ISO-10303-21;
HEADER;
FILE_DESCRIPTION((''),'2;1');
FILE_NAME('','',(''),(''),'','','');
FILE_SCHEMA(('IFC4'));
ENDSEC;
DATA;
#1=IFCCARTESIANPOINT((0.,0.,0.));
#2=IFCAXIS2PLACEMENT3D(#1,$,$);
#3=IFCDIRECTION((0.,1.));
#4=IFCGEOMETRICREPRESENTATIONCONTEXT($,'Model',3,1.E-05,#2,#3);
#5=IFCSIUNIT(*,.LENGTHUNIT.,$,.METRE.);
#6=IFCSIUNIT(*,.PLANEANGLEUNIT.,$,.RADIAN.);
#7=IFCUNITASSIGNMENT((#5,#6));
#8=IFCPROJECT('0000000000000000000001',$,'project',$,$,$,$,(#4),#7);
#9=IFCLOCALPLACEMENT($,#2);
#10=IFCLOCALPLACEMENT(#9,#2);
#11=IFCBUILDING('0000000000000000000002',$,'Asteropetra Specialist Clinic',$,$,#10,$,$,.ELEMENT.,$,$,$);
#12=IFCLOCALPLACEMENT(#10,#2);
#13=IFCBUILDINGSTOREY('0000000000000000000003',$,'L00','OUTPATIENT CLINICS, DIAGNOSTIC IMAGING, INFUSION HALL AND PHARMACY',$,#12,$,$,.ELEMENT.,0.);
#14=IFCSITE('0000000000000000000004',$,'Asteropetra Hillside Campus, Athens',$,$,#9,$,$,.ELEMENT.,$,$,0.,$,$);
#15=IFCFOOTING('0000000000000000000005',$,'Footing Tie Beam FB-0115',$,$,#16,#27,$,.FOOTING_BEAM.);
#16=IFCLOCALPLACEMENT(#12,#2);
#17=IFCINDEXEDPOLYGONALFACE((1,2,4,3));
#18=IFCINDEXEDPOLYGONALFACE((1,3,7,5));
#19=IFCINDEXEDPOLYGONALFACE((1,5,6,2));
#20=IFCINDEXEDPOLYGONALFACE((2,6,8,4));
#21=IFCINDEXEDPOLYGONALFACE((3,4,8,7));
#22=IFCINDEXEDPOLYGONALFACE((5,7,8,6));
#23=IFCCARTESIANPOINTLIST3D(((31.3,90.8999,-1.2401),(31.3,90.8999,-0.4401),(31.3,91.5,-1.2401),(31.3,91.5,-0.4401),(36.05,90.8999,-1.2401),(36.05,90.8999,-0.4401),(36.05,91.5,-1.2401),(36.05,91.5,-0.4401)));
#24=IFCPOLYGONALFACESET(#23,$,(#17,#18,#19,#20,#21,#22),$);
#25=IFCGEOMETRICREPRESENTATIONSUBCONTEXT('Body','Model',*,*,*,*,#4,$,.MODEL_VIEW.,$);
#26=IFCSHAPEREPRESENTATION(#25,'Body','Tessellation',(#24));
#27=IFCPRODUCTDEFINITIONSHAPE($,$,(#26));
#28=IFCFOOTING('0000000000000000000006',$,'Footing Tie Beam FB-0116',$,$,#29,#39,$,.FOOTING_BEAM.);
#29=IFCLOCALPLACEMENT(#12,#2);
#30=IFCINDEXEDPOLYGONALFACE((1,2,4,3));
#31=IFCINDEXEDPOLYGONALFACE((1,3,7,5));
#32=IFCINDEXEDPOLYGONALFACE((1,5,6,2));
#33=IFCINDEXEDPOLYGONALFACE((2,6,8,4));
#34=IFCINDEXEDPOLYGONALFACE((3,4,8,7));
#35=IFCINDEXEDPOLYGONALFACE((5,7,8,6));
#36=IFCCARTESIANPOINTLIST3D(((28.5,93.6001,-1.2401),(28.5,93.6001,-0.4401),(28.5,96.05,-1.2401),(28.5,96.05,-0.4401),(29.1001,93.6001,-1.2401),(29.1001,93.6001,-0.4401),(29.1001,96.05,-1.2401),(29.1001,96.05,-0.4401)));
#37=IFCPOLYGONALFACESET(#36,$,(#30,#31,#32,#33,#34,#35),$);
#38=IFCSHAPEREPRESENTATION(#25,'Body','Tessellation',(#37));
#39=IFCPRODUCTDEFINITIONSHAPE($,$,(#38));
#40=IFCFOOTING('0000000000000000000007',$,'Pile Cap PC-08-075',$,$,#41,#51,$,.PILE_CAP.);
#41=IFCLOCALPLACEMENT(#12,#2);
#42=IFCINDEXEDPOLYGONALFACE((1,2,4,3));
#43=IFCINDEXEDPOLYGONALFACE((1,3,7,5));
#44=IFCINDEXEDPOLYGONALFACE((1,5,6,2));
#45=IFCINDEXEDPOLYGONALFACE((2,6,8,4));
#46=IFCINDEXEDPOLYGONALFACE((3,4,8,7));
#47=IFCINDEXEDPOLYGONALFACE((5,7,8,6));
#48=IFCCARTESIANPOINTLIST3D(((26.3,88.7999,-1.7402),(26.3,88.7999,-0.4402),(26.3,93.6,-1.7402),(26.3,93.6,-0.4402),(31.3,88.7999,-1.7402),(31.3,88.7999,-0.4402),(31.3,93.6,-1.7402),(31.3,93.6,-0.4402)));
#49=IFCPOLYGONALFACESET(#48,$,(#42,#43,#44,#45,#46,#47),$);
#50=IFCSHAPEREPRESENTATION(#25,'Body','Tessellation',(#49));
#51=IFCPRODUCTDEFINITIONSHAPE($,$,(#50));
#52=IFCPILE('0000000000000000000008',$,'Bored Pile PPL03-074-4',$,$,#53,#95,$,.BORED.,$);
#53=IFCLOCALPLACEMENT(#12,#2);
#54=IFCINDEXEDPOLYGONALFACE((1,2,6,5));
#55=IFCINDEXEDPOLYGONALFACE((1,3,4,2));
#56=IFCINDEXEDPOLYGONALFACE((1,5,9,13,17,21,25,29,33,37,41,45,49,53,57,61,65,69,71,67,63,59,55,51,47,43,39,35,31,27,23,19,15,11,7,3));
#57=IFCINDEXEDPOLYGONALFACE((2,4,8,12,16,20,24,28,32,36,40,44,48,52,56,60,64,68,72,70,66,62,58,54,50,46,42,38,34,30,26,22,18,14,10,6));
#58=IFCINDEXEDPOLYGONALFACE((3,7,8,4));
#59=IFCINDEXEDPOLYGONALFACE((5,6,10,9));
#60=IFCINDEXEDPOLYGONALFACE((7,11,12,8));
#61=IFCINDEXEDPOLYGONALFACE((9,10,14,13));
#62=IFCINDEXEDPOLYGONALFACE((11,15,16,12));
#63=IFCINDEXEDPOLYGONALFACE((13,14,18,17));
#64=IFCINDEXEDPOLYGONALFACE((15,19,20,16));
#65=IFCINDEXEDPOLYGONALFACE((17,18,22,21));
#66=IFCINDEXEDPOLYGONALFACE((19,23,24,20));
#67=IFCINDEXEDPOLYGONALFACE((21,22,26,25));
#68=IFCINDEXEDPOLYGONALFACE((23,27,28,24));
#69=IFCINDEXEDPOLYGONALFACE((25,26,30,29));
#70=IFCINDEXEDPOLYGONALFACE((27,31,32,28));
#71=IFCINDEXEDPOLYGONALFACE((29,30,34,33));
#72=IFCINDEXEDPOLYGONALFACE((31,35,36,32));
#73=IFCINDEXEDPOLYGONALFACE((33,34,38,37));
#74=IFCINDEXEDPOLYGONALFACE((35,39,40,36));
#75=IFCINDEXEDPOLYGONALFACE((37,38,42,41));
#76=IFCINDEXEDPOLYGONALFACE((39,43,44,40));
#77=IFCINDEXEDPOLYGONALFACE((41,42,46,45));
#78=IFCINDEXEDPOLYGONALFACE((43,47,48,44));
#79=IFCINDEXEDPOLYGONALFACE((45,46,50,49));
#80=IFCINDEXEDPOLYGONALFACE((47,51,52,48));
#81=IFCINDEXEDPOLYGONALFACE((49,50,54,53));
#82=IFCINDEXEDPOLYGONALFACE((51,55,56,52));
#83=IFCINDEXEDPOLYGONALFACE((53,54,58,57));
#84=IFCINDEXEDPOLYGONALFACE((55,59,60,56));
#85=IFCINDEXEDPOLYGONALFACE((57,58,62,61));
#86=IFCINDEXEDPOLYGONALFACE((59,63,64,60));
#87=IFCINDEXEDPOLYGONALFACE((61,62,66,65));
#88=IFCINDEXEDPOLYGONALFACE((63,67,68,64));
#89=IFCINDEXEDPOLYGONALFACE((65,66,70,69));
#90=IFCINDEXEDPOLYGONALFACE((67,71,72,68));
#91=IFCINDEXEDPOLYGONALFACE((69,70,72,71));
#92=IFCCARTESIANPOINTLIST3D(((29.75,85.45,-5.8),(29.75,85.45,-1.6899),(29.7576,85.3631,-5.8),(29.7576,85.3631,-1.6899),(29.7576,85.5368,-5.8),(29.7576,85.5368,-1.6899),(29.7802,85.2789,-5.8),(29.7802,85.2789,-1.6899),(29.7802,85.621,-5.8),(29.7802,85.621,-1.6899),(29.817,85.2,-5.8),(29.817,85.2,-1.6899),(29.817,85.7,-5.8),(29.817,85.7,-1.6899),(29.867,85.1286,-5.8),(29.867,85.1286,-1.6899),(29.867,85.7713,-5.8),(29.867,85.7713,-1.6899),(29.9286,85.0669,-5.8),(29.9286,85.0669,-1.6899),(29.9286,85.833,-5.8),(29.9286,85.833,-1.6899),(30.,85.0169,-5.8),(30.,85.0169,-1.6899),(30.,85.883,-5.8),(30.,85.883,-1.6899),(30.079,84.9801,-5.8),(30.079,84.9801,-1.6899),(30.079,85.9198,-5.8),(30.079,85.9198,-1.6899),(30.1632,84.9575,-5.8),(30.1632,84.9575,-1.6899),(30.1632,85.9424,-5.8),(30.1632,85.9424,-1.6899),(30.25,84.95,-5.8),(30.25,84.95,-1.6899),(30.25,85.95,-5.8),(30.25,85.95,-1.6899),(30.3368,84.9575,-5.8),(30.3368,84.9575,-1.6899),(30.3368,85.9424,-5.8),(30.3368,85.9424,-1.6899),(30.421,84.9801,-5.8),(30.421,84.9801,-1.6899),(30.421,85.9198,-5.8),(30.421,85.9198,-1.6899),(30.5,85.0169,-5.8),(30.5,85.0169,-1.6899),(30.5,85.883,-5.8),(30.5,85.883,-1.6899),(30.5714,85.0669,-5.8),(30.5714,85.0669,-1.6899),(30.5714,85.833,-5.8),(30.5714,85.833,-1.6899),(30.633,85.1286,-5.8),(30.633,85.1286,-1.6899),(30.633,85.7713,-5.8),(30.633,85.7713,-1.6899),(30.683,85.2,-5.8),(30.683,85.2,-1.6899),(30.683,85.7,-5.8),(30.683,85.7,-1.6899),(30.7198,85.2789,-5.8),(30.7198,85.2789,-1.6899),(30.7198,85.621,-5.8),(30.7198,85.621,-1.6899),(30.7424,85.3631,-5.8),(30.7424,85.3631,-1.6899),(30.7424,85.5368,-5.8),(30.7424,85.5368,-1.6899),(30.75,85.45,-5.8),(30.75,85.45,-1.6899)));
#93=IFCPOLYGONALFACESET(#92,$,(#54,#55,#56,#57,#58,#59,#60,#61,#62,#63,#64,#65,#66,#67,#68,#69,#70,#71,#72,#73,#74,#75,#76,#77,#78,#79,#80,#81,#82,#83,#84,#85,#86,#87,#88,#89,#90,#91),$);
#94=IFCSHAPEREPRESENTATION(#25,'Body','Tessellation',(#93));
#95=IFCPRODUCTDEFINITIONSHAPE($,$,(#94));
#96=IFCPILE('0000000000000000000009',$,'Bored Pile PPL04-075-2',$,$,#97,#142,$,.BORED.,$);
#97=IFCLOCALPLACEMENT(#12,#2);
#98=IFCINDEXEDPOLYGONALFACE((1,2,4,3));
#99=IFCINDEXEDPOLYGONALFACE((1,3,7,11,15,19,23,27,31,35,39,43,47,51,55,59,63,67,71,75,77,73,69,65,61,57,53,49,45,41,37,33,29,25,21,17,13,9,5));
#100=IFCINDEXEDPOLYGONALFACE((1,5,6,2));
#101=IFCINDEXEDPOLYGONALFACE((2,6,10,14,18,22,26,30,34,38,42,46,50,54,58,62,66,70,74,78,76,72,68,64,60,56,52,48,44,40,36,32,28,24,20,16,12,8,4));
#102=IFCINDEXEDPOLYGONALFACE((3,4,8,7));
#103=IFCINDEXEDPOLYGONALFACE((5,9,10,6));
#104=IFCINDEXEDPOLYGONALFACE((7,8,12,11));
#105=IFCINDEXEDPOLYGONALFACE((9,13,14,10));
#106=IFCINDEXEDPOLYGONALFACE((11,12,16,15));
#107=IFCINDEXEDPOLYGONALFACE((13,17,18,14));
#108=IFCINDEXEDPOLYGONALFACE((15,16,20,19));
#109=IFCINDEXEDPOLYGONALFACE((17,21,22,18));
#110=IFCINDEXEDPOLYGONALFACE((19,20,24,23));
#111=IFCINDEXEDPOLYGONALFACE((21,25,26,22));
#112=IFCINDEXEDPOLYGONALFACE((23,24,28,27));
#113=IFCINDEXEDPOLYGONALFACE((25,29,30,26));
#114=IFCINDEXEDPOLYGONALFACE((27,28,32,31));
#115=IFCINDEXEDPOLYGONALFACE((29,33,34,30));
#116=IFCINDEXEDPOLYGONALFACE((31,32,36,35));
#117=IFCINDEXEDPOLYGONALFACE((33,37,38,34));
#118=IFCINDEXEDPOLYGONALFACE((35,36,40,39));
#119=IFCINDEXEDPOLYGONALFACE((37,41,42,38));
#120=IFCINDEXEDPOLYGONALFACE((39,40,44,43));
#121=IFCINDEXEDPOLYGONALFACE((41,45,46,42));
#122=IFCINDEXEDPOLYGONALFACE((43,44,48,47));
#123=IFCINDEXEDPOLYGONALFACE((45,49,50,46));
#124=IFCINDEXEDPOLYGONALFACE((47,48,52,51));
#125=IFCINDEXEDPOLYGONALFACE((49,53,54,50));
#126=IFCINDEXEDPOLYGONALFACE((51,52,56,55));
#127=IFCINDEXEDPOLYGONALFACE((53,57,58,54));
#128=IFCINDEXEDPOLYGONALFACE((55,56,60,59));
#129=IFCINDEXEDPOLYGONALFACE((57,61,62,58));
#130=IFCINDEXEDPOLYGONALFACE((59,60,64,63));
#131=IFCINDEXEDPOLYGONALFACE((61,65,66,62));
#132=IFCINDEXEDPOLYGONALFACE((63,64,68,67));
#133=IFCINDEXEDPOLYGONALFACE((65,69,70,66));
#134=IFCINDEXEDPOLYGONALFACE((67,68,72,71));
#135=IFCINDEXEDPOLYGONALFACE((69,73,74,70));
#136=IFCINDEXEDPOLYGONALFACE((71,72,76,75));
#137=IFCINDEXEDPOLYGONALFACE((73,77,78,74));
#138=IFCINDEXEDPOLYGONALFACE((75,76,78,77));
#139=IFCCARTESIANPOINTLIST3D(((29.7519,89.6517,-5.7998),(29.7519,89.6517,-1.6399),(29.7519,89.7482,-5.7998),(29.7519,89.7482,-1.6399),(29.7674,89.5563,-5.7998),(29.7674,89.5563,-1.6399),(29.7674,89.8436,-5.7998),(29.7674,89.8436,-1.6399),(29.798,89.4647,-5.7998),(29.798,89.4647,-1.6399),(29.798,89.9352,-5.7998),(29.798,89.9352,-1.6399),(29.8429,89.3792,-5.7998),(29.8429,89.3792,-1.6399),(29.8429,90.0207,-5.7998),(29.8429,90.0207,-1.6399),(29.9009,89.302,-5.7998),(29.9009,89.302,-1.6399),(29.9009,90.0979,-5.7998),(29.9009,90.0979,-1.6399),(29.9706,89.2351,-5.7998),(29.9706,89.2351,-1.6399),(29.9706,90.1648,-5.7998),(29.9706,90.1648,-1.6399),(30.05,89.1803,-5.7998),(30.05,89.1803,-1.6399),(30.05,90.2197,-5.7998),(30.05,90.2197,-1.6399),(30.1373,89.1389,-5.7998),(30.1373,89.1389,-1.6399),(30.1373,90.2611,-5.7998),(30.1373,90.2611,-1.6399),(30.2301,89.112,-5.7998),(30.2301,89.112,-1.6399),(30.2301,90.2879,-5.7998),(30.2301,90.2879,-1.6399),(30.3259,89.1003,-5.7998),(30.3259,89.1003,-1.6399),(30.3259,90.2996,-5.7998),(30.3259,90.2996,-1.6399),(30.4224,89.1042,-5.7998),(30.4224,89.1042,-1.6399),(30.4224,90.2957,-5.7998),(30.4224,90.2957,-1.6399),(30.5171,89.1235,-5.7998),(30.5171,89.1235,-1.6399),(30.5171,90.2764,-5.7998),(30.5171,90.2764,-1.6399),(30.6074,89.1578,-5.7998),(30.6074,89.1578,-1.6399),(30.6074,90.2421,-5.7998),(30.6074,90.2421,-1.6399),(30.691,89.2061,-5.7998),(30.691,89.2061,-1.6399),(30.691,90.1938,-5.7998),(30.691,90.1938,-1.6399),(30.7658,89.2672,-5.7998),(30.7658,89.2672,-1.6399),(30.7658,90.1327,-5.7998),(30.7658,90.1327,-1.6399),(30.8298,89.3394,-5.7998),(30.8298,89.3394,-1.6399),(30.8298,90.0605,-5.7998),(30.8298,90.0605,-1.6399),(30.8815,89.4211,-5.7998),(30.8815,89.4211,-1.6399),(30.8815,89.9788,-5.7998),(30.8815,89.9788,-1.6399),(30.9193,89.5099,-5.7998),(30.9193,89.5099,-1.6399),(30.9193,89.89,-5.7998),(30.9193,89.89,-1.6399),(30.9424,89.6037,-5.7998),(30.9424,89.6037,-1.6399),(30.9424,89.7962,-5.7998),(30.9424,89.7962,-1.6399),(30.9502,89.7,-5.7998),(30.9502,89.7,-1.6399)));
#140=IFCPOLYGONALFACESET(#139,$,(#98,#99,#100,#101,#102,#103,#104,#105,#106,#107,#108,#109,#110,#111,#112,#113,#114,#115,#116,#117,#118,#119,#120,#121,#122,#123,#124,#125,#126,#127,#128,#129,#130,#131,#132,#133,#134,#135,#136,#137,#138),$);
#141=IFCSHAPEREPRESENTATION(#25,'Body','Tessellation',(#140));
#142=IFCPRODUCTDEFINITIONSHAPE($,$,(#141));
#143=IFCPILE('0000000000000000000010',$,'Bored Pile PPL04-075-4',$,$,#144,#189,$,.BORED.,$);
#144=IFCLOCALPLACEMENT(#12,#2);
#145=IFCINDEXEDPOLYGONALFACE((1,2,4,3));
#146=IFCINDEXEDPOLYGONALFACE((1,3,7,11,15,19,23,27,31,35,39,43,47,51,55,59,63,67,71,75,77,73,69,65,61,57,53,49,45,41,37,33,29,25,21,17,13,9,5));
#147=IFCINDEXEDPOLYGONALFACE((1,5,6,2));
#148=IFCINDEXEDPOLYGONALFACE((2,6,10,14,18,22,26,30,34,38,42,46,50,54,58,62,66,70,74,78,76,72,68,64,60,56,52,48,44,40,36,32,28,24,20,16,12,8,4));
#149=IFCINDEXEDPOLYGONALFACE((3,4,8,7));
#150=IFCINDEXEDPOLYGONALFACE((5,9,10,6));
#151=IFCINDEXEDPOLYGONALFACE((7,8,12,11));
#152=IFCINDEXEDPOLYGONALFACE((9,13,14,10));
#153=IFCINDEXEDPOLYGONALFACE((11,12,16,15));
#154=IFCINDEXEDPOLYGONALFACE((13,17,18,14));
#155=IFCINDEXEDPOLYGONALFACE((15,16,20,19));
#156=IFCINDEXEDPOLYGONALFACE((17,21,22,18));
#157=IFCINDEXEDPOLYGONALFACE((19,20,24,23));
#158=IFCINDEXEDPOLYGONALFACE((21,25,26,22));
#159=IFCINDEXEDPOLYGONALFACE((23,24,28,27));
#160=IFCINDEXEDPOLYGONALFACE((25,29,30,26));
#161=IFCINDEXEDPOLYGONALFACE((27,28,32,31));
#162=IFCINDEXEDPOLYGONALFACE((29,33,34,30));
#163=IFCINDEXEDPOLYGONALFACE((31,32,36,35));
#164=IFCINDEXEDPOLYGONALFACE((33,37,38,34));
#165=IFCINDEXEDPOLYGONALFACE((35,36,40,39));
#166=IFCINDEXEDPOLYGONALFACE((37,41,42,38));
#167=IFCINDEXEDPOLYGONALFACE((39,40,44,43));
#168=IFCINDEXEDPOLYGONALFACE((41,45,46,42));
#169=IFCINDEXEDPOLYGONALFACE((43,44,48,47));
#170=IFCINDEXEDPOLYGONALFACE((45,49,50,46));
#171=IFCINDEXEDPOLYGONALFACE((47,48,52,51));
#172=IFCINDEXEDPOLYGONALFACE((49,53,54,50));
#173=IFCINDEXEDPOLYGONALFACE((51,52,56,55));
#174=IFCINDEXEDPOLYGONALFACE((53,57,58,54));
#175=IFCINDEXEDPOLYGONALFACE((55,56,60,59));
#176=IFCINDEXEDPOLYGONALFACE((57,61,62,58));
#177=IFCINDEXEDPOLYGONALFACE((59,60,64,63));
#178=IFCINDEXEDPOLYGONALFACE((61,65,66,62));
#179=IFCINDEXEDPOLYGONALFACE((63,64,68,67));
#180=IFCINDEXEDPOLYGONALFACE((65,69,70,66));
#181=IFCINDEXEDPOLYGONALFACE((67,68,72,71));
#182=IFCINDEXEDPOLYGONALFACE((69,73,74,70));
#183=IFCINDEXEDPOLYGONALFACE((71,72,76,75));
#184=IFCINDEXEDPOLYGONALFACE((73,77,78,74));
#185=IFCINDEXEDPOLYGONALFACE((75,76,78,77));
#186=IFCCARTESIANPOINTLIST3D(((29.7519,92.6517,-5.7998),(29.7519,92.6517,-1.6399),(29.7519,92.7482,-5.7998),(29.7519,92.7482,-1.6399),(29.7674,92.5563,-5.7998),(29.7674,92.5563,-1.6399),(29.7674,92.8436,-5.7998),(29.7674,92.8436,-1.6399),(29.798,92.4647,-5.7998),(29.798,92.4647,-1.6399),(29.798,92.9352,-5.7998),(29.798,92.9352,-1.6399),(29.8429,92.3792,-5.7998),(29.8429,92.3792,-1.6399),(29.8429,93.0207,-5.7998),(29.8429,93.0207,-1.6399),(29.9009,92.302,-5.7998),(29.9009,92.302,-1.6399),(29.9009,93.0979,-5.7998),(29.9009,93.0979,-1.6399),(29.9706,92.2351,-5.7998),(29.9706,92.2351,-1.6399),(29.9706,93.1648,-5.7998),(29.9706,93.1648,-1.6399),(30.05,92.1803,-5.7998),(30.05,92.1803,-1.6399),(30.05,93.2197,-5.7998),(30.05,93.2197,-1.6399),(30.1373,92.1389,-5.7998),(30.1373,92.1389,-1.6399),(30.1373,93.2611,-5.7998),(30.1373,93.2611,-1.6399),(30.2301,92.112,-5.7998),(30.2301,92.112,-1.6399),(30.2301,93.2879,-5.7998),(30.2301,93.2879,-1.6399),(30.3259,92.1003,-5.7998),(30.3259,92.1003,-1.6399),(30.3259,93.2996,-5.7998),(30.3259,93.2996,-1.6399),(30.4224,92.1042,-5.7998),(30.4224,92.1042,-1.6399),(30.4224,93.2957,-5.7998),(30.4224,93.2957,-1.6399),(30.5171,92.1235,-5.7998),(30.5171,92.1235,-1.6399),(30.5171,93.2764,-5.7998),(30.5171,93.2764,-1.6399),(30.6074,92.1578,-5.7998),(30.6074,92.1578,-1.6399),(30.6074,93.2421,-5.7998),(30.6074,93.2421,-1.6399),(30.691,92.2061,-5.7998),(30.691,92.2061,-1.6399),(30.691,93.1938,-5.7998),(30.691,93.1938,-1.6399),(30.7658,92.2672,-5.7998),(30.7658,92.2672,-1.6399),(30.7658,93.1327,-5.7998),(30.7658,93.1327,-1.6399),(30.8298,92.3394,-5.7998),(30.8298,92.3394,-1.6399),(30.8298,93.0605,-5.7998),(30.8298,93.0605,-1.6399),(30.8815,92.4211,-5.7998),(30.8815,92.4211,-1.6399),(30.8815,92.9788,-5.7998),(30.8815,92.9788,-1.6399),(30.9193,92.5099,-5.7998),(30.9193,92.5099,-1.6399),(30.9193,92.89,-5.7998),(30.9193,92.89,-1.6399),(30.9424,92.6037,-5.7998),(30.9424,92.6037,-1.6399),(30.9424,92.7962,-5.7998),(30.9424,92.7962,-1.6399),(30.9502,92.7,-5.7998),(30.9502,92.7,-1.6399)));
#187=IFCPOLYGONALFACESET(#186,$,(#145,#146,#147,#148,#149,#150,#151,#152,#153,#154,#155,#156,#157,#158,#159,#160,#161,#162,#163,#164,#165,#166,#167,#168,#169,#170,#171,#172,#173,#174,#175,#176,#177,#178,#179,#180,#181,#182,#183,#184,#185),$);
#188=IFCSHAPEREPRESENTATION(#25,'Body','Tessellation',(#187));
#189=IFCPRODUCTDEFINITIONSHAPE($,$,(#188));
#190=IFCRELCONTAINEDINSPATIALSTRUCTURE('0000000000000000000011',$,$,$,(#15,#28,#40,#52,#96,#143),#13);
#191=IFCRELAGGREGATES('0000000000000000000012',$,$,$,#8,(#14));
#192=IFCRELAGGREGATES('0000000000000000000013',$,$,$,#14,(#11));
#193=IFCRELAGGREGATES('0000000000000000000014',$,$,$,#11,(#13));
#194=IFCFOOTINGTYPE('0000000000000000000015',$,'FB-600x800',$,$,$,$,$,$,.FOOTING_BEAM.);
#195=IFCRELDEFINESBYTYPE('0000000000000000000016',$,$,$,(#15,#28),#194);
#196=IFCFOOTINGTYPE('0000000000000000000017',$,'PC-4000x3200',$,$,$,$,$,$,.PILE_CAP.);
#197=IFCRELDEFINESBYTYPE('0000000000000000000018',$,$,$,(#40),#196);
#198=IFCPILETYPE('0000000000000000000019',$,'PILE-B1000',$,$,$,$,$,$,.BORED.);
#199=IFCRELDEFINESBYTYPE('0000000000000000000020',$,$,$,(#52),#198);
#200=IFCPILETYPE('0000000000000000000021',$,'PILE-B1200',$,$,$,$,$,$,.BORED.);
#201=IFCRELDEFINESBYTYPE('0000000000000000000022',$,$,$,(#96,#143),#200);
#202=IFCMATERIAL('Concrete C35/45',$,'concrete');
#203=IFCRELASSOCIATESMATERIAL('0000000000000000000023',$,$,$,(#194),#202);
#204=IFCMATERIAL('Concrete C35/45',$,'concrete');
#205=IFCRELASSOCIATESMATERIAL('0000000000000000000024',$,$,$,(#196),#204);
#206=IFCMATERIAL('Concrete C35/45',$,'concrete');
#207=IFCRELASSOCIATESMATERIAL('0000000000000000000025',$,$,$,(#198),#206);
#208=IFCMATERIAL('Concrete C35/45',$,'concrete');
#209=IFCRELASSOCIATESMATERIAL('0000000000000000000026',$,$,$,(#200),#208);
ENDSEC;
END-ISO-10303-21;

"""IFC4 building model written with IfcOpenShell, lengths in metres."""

from ifc_helpers import new_model, si_unit, direction, frame, origin, origin_2d, place, context, subcontext, project, spatial, rectangle, circle, extrude, material, material_profile, profile_set, type_object, element, save


model = new_model("IFC4")

# Units and contexts
model_context = context("Model", 3, precision=1e-05, world=origin(), true_north=direction((0.0, 1.0)))
body_context = subcontext(model_context, "Body", "Model", "MODEL_VIEW")
ifc_project = project(units=[si_unit("LENGTHUNIT", "METRE"), si_unit("PLANEANGLEUNIT", "RADIAN")], contexts=[model_context])

# Site, building, storey
site_placement = place(None, origin())
site = spatial("IfcSite", under=ifc_project, at=site_placement, Name="Asteropetra Hillside Campus, Athens", CompositionType="ELEMENT", RefElevation=0.0)
building_placement = place(site_placement, origin())
building = spatial("IfcBuilding", under=site, at=building_placement, Name="Asteropetra Specialist Clinic", CompositionType="ELEMENT")
storey_placement = place(building_placement, origin())
storey = spatial("IfcBuildingStorey", under=building, at=storey_placement, Name="L00", Description="OUTPATIENT CLINICS, DIAGNOSTIC IMAGING, INFUSION HALL AND PHARMACY", CompositionType="ELEMENT", Elevation=0.0)

# Footings
ifc_material_1 = material(Name="Concrete C35/45", Category="concrete")
ifc_material_profile_1 = material_profile(ifc_material_1, rectangle(XDim=0.6001, YDim=0.8, at=origin_2d()), Name="FB 600x800")
ifc_profile_set_1 = profile_set([ifc_material_profile_1], Name="Concrete C35/45")
footing_type_1 = type_object("IfcFootingType", Name="FB-600x800", PredefinedType="FOOTING_BEAM", material=ifc_profile_set_1)
footing_1_placement = place(storey_placement, frame((31.3, 91.2, -0.8401), z_axis=(1.0, 0.0, 0.0), x_axis=(0.0, 1.0, 0.0)))
element("IfcFooting", 1, at=footing_1_placement, inside=storey, type_object=footing_type_1, Name="Footing Tie Beam FB-0115", PredefinedType="FOOTING_BEAM", context=body_context, shape_type="SweptSolid", body=[
    extrude(rectangle(XDim=0.6001, YDim=0.8, at=origin_2d()), origin(), (0.0, 0.0, 1.0), 4.75),
])
footing_2_placement = place(storey_placement, frame((28.8, 93.6001, -0.8401), z_axis=(0.0, 1.0, 0.0), x_axis=(-1.0, 0.0, 0.0)))
element("IfcFooting", 2, at=footing_2_placement, inside=storey, type_object=footing_type_1, Name="Footing Tie Beam FB-0116", PredefinedType="FOOTING_BEAM", context=body_context, shape_type="SweptSolid", body=[
    extrude(rectangle(XDim=0.6001, YDim=0.8, at=origin_2d()), origin(), (0.0, 0.0, 1.0), 2.45),
])
ifc_material_2 = material(Name="Concrete C35/45", Category="concrete")
footing_type_2 = type_object("IfcFootingType", Name="PC-4000x3200", PredefinedType="PILE_CAP", material=ifc_material_2)
footing_3_placement = place(storey_placement, frame((28.8, 91.2, -1.7402), z_axis=(0.0, 0.0, 1.0), x_axis=(1.0, 0.0, 0.0)))
element("IfcFooting", 3, at=footing_3_placement, inside=storey, type_object=footing_type_2, Name="Pile Cap PC-08-075", PredefinedType="PILE_CAP", context=body_context, shape_type="SweptSolid", body=[
    extrude(rectangle(XDim=5.0, YDim=4.8, at=origin_2d()), origin(), (0.0, 0.0, 1.0), 1.3),
])

# Piles
ifc_material_3 = material(Name="Concrete C35/45", Category="concrete")
ifc_material_profile_2 = material_profile(ifc_material_3, circle(Radius=0.5, at=origin_2d()), Name="PILE D1000")
ifc_profile_set_2 = profile_set([ifc_material_profile_2], Name="Concrete C35/45")
pile_type_1 = type_object("IfcPileType", Name="PILE-B1000", PredefinedType="BORED", material=ifc_profile_set_2)
pile_placement = place(storey_placement, frame((30.25, 85.45, -1.6899), z_axis=(0.0, 0.0, -1.0), x_axis=(1.0, 0.0, 0.0)))
element("IfcPile", 4, at=pile_placement, inside=storey, type_object=pile_type_1, Name="Bored Pile PPL03-074-4", PredefinedType="BORED", context=body_context, shape_type="SweptSolid", body=[
    extrude(circle(Radius=0.5, at=origin_2d()), origin(), (0.0, 0.0, 1.0), 4.1101),
])
ifc_material_4 = material(Name="Concrete C35/45", Category="concrete")
ifc_material_profile_3 = material_profile(ifc_material_4, circle(Radius=0.6001, at=origin_2d()), Name="PILE D1200")
ifc_profile_set_3 = profile_set([ifc_material_profile_3], Name="Concrete C35/45")
pile_type_2 = type_object("IfcPileType", Name="PILE-B1200", PredefinedType="BORED", material=ifc_profile_set_3)
for number, where, z_axis, x_axis, name in (
    (5, (30.3501, 89.7, -1.6399), (0.0, 0.0, -1.0), (1.0, 0.0, 0.0), "Bored Pile PPL04-075-2"),
    (6, (30.3501, 92.7, -1.6399), (0.0, 0.0, -1.0), (1.0, 0.0, 0.0), "Bored Pile PPL04-075-4"),
):
    element("IfcPile", number, at=place(storey_placement, frame(where, z_axis=z_axis, x_axis=x_axis)), inside=storey, type_object=pile_type_2, Name=name, PredefinedType="BORED", context=body_context, shape_type="SweptSolid", body=[
        extrude(circle(Radius=0.6001, at=origin_2d()), origin(), (0.0, 0.0, 1.0), 4.1599),
    ])

save(model, "model.ifc")
